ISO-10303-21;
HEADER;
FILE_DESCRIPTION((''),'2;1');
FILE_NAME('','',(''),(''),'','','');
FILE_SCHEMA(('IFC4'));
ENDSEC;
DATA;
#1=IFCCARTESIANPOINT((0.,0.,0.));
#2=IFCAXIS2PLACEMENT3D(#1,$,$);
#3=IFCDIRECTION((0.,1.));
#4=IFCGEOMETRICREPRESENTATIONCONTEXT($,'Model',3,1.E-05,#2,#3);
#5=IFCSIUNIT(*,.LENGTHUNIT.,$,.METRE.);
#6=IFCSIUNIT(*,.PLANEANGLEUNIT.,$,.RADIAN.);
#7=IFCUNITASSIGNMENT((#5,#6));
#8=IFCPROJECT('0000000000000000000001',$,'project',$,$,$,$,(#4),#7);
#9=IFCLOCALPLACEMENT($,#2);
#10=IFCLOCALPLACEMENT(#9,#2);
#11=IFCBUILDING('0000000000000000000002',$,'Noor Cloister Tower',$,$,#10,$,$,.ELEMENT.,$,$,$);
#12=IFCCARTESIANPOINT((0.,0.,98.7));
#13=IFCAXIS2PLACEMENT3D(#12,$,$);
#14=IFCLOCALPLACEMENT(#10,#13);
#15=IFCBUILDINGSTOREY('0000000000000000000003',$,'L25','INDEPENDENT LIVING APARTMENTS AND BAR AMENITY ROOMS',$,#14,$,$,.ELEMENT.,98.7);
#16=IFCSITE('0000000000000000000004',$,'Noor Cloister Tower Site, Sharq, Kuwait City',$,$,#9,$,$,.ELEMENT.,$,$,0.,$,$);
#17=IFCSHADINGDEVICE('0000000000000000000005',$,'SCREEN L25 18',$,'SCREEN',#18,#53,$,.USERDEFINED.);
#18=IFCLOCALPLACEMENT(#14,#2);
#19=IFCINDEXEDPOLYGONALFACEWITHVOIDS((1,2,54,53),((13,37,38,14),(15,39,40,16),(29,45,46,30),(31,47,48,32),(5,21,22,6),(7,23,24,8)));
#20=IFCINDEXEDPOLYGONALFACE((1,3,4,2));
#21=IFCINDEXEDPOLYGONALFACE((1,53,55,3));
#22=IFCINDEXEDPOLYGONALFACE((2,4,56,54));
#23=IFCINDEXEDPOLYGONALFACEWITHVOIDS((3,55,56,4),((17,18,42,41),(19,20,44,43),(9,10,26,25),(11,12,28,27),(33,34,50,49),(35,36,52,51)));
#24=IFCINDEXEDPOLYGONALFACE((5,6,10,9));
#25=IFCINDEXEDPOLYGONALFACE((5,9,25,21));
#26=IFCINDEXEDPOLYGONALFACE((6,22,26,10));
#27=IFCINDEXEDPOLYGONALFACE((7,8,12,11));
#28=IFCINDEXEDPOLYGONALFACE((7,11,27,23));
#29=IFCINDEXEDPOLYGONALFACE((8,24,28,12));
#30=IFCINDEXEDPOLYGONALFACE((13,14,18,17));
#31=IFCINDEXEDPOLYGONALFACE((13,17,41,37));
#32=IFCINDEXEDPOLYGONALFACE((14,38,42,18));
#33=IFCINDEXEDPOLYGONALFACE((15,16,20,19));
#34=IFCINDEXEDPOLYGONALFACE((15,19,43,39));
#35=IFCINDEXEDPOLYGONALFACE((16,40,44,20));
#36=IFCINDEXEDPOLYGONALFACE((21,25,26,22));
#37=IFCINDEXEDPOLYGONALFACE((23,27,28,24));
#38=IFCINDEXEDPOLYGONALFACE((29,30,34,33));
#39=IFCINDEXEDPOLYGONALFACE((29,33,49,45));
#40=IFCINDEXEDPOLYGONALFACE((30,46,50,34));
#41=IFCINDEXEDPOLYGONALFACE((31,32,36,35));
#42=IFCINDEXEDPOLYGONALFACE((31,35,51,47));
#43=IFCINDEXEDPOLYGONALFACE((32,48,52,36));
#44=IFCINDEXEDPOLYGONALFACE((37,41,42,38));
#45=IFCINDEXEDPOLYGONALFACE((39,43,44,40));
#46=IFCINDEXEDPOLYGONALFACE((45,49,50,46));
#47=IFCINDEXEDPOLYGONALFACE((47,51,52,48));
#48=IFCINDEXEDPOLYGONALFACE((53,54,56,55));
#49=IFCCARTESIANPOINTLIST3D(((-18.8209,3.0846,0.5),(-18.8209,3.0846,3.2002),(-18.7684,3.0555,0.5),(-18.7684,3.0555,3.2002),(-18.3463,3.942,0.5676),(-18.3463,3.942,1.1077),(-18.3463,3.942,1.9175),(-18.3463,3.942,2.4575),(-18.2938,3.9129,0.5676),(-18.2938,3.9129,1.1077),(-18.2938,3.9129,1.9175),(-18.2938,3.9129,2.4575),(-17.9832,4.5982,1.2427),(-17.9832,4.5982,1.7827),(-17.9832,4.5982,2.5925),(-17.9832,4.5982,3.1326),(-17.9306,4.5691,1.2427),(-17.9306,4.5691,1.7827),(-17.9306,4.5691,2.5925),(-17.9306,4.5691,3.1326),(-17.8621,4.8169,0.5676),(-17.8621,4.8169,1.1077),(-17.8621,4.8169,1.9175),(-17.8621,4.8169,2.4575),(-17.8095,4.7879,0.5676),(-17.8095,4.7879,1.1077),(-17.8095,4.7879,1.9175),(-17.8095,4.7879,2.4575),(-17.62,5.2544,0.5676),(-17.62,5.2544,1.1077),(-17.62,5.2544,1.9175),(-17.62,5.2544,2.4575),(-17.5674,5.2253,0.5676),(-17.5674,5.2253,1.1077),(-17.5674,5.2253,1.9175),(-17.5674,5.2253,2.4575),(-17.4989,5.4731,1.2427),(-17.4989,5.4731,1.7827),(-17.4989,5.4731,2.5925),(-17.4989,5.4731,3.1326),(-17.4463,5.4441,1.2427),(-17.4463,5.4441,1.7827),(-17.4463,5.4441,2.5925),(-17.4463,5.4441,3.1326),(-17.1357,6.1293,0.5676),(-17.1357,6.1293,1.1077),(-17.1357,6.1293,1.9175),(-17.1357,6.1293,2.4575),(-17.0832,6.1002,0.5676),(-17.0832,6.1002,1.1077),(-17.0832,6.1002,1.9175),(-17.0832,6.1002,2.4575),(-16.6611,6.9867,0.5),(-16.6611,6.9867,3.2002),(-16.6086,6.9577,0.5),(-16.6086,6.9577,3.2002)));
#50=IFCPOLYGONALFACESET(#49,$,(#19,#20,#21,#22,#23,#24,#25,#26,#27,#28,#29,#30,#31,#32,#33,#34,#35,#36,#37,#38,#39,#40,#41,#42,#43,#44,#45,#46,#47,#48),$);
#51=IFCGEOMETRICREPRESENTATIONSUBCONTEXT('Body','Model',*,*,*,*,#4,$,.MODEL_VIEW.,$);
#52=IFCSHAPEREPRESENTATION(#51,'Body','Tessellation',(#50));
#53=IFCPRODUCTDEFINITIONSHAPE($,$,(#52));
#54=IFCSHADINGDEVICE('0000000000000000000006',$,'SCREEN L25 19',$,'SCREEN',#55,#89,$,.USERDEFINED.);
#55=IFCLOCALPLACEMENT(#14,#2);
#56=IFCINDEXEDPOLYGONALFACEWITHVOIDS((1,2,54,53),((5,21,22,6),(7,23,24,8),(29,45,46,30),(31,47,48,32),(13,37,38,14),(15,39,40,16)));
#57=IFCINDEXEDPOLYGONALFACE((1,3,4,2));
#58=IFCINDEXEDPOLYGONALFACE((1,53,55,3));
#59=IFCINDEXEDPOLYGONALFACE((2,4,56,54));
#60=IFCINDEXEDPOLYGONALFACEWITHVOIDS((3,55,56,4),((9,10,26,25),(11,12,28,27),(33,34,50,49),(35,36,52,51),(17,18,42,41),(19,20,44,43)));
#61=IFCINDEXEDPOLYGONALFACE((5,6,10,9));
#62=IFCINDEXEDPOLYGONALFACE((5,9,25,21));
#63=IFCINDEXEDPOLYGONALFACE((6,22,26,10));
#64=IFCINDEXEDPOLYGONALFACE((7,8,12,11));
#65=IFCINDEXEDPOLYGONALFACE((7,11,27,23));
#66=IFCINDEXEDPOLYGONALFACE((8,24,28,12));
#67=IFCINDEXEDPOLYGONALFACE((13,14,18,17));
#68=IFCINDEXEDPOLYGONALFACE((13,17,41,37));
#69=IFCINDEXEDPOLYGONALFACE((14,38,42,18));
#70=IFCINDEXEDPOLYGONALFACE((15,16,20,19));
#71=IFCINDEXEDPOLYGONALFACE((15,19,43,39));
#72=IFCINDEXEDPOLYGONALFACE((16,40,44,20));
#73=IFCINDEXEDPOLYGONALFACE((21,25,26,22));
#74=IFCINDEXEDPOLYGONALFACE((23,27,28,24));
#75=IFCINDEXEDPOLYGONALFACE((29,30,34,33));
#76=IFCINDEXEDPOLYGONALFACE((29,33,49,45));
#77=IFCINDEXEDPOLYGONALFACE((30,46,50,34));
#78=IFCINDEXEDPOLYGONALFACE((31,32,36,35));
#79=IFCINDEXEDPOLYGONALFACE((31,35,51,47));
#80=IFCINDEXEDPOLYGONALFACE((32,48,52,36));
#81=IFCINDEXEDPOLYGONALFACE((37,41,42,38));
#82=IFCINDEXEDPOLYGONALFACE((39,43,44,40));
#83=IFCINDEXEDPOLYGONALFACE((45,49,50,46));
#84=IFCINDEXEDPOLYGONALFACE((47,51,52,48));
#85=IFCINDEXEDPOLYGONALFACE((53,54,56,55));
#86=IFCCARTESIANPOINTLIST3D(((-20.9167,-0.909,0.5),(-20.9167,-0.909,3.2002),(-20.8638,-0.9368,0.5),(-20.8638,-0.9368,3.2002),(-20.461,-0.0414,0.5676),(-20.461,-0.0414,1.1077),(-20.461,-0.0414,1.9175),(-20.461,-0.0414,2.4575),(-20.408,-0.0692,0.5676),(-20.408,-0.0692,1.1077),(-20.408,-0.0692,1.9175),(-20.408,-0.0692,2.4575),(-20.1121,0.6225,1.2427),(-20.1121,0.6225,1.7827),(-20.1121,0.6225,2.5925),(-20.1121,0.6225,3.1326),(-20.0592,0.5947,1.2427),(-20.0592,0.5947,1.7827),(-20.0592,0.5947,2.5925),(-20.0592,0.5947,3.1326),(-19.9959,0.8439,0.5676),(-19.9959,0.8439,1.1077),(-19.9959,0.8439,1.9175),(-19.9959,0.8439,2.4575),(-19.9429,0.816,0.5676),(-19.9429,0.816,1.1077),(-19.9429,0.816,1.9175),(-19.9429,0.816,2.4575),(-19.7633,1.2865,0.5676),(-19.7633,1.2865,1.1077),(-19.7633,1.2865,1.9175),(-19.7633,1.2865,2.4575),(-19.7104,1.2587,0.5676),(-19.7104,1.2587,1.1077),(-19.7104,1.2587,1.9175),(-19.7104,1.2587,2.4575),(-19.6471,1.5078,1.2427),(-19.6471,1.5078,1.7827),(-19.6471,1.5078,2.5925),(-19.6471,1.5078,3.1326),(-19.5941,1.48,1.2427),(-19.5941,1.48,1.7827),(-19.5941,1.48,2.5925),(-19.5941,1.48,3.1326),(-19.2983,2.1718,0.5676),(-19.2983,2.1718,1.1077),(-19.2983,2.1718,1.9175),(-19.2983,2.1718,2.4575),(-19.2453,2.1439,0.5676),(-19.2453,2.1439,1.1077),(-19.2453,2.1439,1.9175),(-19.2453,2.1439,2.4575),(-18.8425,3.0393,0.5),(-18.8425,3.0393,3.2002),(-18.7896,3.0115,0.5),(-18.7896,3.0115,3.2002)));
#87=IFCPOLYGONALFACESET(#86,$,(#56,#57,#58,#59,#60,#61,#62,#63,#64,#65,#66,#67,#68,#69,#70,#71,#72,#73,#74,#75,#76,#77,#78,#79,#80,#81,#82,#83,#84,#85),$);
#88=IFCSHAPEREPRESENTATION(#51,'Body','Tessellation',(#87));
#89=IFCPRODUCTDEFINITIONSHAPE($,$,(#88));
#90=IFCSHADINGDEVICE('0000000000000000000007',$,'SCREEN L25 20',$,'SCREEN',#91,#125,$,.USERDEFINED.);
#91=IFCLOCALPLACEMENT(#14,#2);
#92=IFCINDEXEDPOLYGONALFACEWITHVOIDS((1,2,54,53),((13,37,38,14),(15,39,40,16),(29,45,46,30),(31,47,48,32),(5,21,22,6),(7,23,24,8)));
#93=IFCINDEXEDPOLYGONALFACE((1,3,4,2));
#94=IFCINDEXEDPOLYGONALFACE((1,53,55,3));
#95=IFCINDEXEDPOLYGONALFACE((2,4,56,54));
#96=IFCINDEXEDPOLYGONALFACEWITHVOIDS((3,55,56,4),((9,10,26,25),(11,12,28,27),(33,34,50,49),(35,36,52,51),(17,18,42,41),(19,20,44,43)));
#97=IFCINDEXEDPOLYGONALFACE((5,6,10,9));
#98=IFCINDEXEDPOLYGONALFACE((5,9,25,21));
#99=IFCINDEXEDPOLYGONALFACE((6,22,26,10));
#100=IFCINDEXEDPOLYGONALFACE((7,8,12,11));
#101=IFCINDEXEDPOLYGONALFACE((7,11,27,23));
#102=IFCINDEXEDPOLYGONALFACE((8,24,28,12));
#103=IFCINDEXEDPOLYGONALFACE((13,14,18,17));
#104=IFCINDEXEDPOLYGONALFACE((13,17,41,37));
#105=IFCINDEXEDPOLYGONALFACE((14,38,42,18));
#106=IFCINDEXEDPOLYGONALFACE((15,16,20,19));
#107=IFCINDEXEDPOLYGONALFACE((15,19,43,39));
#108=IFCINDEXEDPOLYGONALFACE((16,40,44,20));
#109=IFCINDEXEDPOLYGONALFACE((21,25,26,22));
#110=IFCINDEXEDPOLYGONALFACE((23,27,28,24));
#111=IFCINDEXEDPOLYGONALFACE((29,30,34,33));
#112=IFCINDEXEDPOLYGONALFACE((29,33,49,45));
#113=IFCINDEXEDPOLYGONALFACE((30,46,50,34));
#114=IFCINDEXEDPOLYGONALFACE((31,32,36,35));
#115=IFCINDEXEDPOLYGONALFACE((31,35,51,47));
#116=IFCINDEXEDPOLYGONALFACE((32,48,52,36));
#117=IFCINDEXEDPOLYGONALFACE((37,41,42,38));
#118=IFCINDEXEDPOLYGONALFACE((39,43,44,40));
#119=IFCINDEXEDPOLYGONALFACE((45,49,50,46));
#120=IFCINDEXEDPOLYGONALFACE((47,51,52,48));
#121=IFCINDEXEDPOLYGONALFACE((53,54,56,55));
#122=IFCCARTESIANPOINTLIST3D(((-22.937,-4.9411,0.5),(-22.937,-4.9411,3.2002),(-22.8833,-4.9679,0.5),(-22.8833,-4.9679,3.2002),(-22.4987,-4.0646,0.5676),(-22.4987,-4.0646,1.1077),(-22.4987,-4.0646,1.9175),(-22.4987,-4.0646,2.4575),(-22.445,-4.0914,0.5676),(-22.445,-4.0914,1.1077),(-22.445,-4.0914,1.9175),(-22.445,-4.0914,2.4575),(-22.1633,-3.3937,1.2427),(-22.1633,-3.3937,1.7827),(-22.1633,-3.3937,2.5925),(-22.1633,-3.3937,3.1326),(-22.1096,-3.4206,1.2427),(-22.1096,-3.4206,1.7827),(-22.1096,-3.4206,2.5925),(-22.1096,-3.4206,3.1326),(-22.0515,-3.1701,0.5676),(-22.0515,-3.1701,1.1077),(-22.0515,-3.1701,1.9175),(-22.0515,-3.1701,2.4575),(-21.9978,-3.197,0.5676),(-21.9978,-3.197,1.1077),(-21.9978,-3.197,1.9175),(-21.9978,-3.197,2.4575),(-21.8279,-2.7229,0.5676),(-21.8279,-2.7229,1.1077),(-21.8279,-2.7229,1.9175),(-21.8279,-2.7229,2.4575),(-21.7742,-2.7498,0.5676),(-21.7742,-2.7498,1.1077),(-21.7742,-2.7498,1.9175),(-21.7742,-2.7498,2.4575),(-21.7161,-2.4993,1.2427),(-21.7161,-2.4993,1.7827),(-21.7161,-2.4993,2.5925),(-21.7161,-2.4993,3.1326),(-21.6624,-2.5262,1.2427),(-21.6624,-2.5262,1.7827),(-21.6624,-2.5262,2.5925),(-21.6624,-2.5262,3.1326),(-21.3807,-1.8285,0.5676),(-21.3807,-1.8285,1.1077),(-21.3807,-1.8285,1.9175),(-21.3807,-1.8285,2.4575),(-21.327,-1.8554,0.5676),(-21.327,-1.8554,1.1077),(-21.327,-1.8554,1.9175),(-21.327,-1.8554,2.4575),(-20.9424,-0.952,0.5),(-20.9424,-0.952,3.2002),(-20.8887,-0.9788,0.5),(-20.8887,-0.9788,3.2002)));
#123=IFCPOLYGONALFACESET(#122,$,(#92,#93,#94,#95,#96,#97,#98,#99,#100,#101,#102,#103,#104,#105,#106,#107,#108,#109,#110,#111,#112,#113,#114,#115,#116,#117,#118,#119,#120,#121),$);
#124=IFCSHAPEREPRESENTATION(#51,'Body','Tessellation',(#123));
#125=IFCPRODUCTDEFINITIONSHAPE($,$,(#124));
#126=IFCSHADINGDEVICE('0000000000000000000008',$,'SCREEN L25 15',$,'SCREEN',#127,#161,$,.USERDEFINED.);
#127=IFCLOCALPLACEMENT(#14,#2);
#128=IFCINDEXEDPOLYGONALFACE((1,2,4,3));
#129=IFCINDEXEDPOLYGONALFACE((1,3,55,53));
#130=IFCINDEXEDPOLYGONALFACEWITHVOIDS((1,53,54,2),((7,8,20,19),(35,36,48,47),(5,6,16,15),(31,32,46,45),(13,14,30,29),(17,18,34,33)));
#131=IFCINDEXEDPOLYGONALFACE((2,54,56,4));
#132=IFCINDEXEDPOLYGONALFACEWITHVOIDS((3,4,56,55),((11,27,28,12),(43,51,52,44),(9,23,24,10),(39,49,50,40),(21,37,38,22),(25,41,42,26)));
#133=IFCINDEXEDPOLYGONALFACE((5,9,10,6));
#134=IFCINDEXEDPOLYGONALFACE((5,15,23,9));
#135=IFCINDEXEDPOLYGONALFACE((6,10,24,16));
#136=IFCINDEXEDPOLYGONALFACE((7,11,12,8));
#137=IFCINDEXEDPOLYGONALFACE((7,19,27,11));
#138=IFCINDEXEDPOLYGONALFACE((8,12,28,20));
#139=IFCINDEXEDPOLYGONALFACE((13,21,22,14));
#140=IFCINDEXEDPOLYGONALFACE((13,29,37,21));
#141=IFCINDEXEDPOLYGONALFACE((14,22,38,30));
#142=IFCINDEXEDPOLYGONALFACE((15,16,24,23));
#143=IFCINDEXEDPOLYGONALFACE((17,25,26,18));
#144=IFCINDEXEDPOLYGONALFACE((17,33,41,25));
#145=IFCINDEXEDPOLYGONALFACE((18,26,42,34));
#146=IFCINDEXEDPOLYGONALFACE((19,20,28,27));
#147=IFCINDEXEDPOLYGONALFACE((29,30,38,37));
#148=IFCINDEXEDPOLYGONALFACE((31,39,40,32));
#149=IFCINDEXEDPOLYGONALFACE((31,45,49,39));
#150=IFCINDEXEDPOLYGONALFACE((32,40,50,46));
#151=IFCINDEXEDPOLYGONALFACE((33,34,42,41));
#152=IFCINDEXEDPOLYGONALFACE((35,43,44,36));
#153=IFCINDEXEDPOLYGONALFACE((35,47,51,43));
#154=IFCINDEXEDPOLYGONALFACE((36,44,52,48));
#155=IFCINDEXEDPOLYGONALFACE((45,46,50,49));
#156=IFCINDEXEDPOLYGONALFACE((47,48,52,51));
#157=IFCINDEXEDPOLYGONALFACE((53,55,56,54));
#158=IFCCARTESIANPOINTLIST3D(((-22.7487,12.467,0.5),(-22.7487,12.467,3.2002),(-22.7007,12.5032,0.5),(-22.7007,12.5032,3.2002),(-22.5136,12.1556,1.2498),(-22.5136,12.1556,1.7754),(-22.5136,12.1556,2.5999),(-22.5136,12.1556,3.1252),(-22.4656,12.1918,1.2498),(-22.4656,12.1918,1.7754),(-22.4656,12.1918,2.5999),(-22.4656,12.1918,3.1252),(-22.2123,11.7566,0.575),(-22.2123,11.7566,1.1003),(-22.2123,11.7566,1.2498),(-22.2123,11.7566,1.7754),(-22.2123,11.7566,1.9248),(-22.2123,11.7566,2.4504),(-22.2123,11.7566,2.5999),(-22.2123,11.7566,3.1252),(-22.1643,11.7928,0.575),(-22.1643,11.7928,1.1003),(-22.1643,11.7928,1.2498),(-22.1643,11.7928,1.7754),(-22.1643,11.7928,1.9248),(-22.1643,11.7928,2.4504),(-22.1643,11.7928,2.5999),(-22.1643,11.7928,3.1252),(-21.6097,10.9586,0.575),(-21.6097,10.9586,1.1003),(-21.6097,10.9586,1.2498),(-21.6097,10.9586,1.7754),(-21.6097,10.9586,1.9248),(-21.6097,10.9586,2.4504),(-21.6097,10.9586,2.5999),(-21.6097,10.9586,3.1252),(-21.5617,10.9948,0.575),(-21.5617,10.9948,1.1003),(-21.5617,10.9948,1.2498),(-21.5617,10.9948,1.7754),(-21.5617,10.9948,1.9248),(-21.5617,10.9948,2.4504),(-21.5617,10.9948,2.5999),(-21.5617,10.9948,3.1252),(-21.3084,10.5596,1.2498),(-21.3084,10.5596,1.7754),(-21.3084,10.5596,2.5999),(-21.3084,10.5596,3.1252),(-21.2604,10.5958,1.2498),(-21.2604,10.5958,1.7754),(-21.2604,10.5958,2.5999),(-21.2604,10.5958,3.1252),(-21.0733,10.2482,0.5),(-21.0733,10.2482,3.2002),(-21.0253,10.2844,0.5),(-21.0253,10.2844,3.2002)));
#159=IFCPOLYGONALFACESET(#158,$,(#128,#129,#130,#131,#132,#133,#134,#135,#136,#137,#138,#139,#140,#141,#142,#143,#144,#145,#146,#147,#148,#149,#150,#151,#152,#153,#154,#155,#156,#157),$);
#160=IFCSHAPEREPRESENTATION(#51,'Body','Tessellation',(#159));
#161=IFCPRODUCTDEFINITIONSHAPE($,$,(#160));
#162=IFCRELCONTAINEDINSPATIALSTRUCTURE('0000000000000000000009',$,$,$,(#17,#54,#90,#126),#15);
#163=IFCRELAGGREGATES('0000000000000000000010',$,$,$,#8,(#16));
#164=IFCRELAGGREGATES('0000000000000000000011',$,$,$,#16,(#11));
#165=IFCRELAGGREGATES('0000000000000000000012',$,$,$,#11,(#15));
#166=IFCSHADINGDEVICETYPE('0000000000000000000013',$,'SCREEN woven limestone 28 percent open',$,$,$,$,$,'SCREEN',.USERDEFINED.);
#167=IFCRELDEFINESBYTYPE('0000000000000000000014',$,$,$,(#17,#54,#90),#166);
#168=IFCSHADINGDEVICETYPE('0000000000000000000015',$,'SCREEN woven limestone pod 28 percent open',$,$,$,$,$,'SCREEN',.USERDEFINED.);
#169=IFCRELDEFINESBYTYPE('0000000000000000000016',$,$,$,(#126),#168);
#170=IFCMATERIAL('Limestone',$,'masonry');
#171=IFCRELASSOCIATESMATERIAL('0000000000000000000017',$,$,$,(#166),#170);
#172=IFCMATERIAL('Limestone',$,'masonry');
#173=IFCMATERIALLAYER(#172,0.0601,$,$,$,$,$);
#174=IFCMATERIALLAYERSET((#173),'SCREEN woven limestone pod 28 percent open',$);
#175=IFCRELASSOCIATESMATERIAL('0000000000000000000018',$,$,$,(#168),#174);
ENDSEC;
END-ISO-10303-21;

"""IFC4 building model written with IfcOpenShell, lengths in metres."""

from ifc_helpers import new_model, si_unit, direction, frame, origin, place, context, subcontext, project, spatial, polyline, outline, extrude, material, layer, layer_set, material_profile, profile_set, type_object, element, save


model = new_model("IFC4")

# Units and contexts
model_context = context("Model", 3, precision=1e-05, world=origin(), true_north=direction((0.0, 1.0)))
body_context = subcontext(model_context, "Body", "Model", "MODEL_VIEW")
ifc_project = project(units=[si_unit("LENGTHUNIT", "METRE"), si_unit("PLANEANGLEUNIT", "RADIAN")], contexts=[model_context])

# Site, building, storey
site_placement = place(None, origin())
site = spatial("IfcSite", under=ifc_project, at=site_placement, Name="Noor Cloister Tower Site, Sharq, Kuwait City", CompositionType="ELEMENT", RefElevation=0.0)
building_placement = place(site_placement, origin())
building = spatial("IfcBuilding", under=site, at=building_placement, Name="Noor Cloister Tower", CompositionType="ELEMENT")
storey_placement = place(building_placement, frame((0.0, 0.0, 98.7)))
storey = spatial("IfcBuildingStorey", under=building, at=storey_placement, Name="L25", Description="INDEPENDENT LIVING APARTMENTS AND BAR AMENITY ROOMS", CompositionType="ELEMENT", Elevation=98.7)

# Shading devices
ifc_material_1 = material(Name="Limestone", Category="masonry")
ifc_material_profile_1 = material_profile(ifc_material_1, outline(polyline([(-2.23, -1.3501), (2.23, -1.3501), (2.23, 1.3501), (-2.23, 1.3501), (-2.23, -1.3501)]), holes=[polyline([(-1.25, -1.2825), (-0.25, -1.2825), (-0.25, -0.7424), (-1.25, -0.7424), (-1.25, -1.2825)]), polyline([(0.25, -1.2825), (1.25, -1.2825), (1.25, -0.7424), (0.25, -0.7424), (0.25, -1.2825)]), polyline([(-0.5, -0.6074), (0.5, -0.6074), (0.5, -0.0674), (-0.5, -0.0674), (-0.5, -0.6074)]), polyline([(-1.25, 0.0674), (-0.25, 0.0674), (-0.25, 0.6074), (-1.25, 0.6074), (-1.25, 0.0674)]), polyline([(0.25, 0.0674), (1.25, 0.0674), (1.25, 0.6074), (0.25, 0.6074), (0.25, 0.0674)]), polyline([(-0.5, 0.7424), (0.5, 0.7424), (0.5, 1.2825), (-0.5, 1.2825), (-0.5, 0.7424)])]), Name="Woven screen 28 percent open")
ifc_profile_set_1 = profile_set([ifc_material_profile_1], Name="Limestone")
shading_device_type_1 = type_object("IfcShadingDeviceType", Name="SCREEN woven limestone 28 percent open", ElementType="SCREEN", PredefinedType="USERDEFINED", material=ifc_profile_set_1)
shading_device_1_placement = place(storey_placement, frame((-17.6885, 5.0066, 1.8501), z_axis=(-0.874924, 0.48426, 0.0), x_axis=(-0.48426, -0.874924, 0.0)))
element("IfcShadingDevice", 1, at=shading_device_1_placement, inside=storey, type_object=shading_device_type_1, Name="SCREEN L25 18", ObjectType="SCREEN", PredefinedType="USERDEFINED", context=body_context, shape_type="SweptSolid", body=[
    extrude(outline(polyline([(-2.23, -1.3501), (2.23, -1.3501), (2.23, 1.3501), (-2.23, 1.3501), (-2.23, -1.3501)]), holes=[polyline([(-1.25, -1.2825), (-0.25, -1.2825), (-0.25, -0.7424), (-1.25, -0.7424), (-1.25, -1.2825)]), polyline([(0.25, -1.2825), (1.25, -1.2825), (1.25, -0.7424), (0.25, -0.7424), (0.25, -1.2825)]), polyline([(-0.5, -0.6074), (0.5, -0.6074), (0.5, -0.0674), (-0.5, -0.0674), (-0.5, -0.6074)]), polyline([(-1.25, 0.0674), (-0.25, 0.0674), (-0.25, 0.6074), (-1.25, 0.6074), (-1.25, 0.0674)]), polyline([(0.25, 0.0674), (1.25, 0.0674), (1.25, 0.6074), (0.25, 0.6074), (0.25, 0.0674)]), polyline([(-0.5, 0.7424), (0.5, 0.7424), (0.5, 1.2825), (-0.5, 1.2825), (-0.5, 0.7424)])]), origin(), (0.0, 0.0, 1.0), 0.0601),
])
shading_device_2_placement = place(storey_placement, frame((-19.8267, 1.0374, 1.8501), z_axis=(-0.885272, 0.465074, 0.0), x_axis=(-0.465074, -0.885272, 0.0)))
element("IfcShadingDevice", 2, at=shading_device_2_placement, inside=storey, type_object=shading_device_type_1, Name="SCREEN L25 19", ObjectType="SCREEN", PredefinedType="USERDEFINED", context=body_context, shape_type="SweptSolid", body=[
    extrude(outline(polyline([(-2.23, -1.3501), (2.23, -1.3501), (2.23, 1.3501), (-2.23, 1.3501), (-2.23, -1.3501)]), holes=[polyline([(-1.25, -1.2825), (-0.25, -1.2825), (-0.25, -0.7424), (-1.25, -0.7424), (-1.25, -1.2825)]), polyline([(0.25, -1.2825), (1.25, -1.2825), (1.25, -0.7424), (0.25, -0.7424), (0.25, -1.2825)]), polyline([(-0.5, -0.6074), (0.5, -0.6074), (0.5, -0.0674), (-0.5, -0.0674), (-0.5, -0.6074)]), polyline([(-1.25, 0.0674), (-0.25, 0.0674), (-0.25, 0.6074), (-1.25, 0.6074), (-1.25, 0.0674)]), polyline([(0.25, 0.0674), (1.25, 0.0674), (1.25, 0.6074), (0.25, 0.6074), (0.25, 0.0674)]), polyline([(-0.5, 0.7424), (0.5, 0.7424), (0.5, 1.2825), (-0.5, 1.2825), (-0.5, 0.7424)])]), origin(), (0.0, 0.0, 1.0), 0.0598),
])
shading_device_3_placement = place(storey_placement, frame((-21.886, -2.9734, 1.8501), z_axis=(-0.894427, 0.447214, 0.0), x_axis=(-0.447214, -0.894427, 0.0)))
element("IfcShadingDevice", 3, at=shading_device_3_placement, inside=storey, type_object=shading_device_type_1, Name="SCREEN L25 20", ObjectType="SCREEN", PredefinedType="USERDEFINED", context=body_context, shape_type="SweptSolid", body=[
    extrude(outline(polyline([(-2.23, -1.3501), (2.23, -1.3501), (2.23, 1.3501), (-2.23, 1.3501), (-2.23, -1.3501)]), holes=[polyline([(-1.25, -1.2825), (-0.25, -1.2825), (-0.25, -0.7424), (-1.25, -0.7424), (-1.25, -1.2825)]), polyline([(0.25, -1.2825), (1.25, -1.2825), (1.25, -0.7424), (0.25, -0.7424), (0.25, -1.2825)]), polyline([(-0.5, -0.6074), (0.5, -0.6074), (0.5, -0.0674), (-0.5, -0.0674), (-0.5, -0.6074)]), polyline([(-1.25, 0.0674), (-0.25, 0.0674), (-0.25, 0.6074), (-1.25, 0.6074), (-1.25, 0.0674)]), polyline([(0.25, 0.0674), (1.25, 0.0674), (1.25, 0.6074), (0.25, 0.6074), (0.25, 0.0674)]), polyline([(-0.5, 0.7424), (0.5, 0.7424), (0.5, 1.2825), (-0.5, 1.2825), (-0.5, 0.7424)])]), origin(), (0.0, 0.0, 1.0), 0.0601),
])
ifc_material_2 = material(Name="Limestone", Category="masonry")
ifc_layer_1 = layer(ifc_material_2, 0.0601)
ifc_layer_set_1 = layer_set([ifc_layer_1], Name="SCREEN woven limestone pod 28 percent open")
shading_device_type_2 = type_object("IfcShadingDeviceType", Name="SCREEN woven limestone pod 28 percent open", ElementType="SCREEN", PredefinedType="USERDEFINED", material=ifc_layer_set_1)
shading_device_4_placement = place(storey_placement, frame((-21.863, 11.3938, 1.8501), z_axis=(-0.798041, -0.602603, 0.0), x_axis=(0.602603, -0.798041, 0.0)))
element("IfcShadingDevice", 4, at=shading_device_4_placement, inside=storey, type_object=shading_device_type_2, Name="SCREEN L25 15", ObjectType="SCREEN", PredefinedType="USERDEFINED", context=body_context, shape_type="SweptSolid", body=[
    extrude(outline(polyline([(-1.3901, -1.3501), (1.3901, -1.3501), (1.3901, 1.3501), (-1.3901, 1.3501), (-1.3901, -1.3501)]), holes=[polyline([(-0.5, -1.2751), (0.5, -1.2751), (0.5, -0.7498), (-0.5, -0.7498), (-0.5, -1.2751)]), polyline([(-1.0, -0.6003), (-0.5, -0.6003), (-0.5, -0.0747), (-1.0, -0.0747), (-1.0, -0.6003)]), polyline([(0.5, -0.6003), (1.0, -0.6003), (1.0, -0.0747), (0.5, -0.0747), (0.5, -0.6003)]), polyline([(-0.5, 0.0747), (0.5, 0.0747), (0.5, 0.6003), (-0.5, 0.6003), (-0.5, 0.0747)]), polyline([(-1.0, 0.7498), (-0.5, 0.7498), (-0.5, 1.2751), (-1.0, 1.2751), (-1.0, 0.7498)]), polyline([(0.5, 0.7498), (1.0, 0.7498), (1.0, 1.2751), (0.5, 1.2751), (0.5, 0.7498)])]), origin(), (0.0, 0.0, 1.0), 0.0601),
])

save(model, "model.ifc")
